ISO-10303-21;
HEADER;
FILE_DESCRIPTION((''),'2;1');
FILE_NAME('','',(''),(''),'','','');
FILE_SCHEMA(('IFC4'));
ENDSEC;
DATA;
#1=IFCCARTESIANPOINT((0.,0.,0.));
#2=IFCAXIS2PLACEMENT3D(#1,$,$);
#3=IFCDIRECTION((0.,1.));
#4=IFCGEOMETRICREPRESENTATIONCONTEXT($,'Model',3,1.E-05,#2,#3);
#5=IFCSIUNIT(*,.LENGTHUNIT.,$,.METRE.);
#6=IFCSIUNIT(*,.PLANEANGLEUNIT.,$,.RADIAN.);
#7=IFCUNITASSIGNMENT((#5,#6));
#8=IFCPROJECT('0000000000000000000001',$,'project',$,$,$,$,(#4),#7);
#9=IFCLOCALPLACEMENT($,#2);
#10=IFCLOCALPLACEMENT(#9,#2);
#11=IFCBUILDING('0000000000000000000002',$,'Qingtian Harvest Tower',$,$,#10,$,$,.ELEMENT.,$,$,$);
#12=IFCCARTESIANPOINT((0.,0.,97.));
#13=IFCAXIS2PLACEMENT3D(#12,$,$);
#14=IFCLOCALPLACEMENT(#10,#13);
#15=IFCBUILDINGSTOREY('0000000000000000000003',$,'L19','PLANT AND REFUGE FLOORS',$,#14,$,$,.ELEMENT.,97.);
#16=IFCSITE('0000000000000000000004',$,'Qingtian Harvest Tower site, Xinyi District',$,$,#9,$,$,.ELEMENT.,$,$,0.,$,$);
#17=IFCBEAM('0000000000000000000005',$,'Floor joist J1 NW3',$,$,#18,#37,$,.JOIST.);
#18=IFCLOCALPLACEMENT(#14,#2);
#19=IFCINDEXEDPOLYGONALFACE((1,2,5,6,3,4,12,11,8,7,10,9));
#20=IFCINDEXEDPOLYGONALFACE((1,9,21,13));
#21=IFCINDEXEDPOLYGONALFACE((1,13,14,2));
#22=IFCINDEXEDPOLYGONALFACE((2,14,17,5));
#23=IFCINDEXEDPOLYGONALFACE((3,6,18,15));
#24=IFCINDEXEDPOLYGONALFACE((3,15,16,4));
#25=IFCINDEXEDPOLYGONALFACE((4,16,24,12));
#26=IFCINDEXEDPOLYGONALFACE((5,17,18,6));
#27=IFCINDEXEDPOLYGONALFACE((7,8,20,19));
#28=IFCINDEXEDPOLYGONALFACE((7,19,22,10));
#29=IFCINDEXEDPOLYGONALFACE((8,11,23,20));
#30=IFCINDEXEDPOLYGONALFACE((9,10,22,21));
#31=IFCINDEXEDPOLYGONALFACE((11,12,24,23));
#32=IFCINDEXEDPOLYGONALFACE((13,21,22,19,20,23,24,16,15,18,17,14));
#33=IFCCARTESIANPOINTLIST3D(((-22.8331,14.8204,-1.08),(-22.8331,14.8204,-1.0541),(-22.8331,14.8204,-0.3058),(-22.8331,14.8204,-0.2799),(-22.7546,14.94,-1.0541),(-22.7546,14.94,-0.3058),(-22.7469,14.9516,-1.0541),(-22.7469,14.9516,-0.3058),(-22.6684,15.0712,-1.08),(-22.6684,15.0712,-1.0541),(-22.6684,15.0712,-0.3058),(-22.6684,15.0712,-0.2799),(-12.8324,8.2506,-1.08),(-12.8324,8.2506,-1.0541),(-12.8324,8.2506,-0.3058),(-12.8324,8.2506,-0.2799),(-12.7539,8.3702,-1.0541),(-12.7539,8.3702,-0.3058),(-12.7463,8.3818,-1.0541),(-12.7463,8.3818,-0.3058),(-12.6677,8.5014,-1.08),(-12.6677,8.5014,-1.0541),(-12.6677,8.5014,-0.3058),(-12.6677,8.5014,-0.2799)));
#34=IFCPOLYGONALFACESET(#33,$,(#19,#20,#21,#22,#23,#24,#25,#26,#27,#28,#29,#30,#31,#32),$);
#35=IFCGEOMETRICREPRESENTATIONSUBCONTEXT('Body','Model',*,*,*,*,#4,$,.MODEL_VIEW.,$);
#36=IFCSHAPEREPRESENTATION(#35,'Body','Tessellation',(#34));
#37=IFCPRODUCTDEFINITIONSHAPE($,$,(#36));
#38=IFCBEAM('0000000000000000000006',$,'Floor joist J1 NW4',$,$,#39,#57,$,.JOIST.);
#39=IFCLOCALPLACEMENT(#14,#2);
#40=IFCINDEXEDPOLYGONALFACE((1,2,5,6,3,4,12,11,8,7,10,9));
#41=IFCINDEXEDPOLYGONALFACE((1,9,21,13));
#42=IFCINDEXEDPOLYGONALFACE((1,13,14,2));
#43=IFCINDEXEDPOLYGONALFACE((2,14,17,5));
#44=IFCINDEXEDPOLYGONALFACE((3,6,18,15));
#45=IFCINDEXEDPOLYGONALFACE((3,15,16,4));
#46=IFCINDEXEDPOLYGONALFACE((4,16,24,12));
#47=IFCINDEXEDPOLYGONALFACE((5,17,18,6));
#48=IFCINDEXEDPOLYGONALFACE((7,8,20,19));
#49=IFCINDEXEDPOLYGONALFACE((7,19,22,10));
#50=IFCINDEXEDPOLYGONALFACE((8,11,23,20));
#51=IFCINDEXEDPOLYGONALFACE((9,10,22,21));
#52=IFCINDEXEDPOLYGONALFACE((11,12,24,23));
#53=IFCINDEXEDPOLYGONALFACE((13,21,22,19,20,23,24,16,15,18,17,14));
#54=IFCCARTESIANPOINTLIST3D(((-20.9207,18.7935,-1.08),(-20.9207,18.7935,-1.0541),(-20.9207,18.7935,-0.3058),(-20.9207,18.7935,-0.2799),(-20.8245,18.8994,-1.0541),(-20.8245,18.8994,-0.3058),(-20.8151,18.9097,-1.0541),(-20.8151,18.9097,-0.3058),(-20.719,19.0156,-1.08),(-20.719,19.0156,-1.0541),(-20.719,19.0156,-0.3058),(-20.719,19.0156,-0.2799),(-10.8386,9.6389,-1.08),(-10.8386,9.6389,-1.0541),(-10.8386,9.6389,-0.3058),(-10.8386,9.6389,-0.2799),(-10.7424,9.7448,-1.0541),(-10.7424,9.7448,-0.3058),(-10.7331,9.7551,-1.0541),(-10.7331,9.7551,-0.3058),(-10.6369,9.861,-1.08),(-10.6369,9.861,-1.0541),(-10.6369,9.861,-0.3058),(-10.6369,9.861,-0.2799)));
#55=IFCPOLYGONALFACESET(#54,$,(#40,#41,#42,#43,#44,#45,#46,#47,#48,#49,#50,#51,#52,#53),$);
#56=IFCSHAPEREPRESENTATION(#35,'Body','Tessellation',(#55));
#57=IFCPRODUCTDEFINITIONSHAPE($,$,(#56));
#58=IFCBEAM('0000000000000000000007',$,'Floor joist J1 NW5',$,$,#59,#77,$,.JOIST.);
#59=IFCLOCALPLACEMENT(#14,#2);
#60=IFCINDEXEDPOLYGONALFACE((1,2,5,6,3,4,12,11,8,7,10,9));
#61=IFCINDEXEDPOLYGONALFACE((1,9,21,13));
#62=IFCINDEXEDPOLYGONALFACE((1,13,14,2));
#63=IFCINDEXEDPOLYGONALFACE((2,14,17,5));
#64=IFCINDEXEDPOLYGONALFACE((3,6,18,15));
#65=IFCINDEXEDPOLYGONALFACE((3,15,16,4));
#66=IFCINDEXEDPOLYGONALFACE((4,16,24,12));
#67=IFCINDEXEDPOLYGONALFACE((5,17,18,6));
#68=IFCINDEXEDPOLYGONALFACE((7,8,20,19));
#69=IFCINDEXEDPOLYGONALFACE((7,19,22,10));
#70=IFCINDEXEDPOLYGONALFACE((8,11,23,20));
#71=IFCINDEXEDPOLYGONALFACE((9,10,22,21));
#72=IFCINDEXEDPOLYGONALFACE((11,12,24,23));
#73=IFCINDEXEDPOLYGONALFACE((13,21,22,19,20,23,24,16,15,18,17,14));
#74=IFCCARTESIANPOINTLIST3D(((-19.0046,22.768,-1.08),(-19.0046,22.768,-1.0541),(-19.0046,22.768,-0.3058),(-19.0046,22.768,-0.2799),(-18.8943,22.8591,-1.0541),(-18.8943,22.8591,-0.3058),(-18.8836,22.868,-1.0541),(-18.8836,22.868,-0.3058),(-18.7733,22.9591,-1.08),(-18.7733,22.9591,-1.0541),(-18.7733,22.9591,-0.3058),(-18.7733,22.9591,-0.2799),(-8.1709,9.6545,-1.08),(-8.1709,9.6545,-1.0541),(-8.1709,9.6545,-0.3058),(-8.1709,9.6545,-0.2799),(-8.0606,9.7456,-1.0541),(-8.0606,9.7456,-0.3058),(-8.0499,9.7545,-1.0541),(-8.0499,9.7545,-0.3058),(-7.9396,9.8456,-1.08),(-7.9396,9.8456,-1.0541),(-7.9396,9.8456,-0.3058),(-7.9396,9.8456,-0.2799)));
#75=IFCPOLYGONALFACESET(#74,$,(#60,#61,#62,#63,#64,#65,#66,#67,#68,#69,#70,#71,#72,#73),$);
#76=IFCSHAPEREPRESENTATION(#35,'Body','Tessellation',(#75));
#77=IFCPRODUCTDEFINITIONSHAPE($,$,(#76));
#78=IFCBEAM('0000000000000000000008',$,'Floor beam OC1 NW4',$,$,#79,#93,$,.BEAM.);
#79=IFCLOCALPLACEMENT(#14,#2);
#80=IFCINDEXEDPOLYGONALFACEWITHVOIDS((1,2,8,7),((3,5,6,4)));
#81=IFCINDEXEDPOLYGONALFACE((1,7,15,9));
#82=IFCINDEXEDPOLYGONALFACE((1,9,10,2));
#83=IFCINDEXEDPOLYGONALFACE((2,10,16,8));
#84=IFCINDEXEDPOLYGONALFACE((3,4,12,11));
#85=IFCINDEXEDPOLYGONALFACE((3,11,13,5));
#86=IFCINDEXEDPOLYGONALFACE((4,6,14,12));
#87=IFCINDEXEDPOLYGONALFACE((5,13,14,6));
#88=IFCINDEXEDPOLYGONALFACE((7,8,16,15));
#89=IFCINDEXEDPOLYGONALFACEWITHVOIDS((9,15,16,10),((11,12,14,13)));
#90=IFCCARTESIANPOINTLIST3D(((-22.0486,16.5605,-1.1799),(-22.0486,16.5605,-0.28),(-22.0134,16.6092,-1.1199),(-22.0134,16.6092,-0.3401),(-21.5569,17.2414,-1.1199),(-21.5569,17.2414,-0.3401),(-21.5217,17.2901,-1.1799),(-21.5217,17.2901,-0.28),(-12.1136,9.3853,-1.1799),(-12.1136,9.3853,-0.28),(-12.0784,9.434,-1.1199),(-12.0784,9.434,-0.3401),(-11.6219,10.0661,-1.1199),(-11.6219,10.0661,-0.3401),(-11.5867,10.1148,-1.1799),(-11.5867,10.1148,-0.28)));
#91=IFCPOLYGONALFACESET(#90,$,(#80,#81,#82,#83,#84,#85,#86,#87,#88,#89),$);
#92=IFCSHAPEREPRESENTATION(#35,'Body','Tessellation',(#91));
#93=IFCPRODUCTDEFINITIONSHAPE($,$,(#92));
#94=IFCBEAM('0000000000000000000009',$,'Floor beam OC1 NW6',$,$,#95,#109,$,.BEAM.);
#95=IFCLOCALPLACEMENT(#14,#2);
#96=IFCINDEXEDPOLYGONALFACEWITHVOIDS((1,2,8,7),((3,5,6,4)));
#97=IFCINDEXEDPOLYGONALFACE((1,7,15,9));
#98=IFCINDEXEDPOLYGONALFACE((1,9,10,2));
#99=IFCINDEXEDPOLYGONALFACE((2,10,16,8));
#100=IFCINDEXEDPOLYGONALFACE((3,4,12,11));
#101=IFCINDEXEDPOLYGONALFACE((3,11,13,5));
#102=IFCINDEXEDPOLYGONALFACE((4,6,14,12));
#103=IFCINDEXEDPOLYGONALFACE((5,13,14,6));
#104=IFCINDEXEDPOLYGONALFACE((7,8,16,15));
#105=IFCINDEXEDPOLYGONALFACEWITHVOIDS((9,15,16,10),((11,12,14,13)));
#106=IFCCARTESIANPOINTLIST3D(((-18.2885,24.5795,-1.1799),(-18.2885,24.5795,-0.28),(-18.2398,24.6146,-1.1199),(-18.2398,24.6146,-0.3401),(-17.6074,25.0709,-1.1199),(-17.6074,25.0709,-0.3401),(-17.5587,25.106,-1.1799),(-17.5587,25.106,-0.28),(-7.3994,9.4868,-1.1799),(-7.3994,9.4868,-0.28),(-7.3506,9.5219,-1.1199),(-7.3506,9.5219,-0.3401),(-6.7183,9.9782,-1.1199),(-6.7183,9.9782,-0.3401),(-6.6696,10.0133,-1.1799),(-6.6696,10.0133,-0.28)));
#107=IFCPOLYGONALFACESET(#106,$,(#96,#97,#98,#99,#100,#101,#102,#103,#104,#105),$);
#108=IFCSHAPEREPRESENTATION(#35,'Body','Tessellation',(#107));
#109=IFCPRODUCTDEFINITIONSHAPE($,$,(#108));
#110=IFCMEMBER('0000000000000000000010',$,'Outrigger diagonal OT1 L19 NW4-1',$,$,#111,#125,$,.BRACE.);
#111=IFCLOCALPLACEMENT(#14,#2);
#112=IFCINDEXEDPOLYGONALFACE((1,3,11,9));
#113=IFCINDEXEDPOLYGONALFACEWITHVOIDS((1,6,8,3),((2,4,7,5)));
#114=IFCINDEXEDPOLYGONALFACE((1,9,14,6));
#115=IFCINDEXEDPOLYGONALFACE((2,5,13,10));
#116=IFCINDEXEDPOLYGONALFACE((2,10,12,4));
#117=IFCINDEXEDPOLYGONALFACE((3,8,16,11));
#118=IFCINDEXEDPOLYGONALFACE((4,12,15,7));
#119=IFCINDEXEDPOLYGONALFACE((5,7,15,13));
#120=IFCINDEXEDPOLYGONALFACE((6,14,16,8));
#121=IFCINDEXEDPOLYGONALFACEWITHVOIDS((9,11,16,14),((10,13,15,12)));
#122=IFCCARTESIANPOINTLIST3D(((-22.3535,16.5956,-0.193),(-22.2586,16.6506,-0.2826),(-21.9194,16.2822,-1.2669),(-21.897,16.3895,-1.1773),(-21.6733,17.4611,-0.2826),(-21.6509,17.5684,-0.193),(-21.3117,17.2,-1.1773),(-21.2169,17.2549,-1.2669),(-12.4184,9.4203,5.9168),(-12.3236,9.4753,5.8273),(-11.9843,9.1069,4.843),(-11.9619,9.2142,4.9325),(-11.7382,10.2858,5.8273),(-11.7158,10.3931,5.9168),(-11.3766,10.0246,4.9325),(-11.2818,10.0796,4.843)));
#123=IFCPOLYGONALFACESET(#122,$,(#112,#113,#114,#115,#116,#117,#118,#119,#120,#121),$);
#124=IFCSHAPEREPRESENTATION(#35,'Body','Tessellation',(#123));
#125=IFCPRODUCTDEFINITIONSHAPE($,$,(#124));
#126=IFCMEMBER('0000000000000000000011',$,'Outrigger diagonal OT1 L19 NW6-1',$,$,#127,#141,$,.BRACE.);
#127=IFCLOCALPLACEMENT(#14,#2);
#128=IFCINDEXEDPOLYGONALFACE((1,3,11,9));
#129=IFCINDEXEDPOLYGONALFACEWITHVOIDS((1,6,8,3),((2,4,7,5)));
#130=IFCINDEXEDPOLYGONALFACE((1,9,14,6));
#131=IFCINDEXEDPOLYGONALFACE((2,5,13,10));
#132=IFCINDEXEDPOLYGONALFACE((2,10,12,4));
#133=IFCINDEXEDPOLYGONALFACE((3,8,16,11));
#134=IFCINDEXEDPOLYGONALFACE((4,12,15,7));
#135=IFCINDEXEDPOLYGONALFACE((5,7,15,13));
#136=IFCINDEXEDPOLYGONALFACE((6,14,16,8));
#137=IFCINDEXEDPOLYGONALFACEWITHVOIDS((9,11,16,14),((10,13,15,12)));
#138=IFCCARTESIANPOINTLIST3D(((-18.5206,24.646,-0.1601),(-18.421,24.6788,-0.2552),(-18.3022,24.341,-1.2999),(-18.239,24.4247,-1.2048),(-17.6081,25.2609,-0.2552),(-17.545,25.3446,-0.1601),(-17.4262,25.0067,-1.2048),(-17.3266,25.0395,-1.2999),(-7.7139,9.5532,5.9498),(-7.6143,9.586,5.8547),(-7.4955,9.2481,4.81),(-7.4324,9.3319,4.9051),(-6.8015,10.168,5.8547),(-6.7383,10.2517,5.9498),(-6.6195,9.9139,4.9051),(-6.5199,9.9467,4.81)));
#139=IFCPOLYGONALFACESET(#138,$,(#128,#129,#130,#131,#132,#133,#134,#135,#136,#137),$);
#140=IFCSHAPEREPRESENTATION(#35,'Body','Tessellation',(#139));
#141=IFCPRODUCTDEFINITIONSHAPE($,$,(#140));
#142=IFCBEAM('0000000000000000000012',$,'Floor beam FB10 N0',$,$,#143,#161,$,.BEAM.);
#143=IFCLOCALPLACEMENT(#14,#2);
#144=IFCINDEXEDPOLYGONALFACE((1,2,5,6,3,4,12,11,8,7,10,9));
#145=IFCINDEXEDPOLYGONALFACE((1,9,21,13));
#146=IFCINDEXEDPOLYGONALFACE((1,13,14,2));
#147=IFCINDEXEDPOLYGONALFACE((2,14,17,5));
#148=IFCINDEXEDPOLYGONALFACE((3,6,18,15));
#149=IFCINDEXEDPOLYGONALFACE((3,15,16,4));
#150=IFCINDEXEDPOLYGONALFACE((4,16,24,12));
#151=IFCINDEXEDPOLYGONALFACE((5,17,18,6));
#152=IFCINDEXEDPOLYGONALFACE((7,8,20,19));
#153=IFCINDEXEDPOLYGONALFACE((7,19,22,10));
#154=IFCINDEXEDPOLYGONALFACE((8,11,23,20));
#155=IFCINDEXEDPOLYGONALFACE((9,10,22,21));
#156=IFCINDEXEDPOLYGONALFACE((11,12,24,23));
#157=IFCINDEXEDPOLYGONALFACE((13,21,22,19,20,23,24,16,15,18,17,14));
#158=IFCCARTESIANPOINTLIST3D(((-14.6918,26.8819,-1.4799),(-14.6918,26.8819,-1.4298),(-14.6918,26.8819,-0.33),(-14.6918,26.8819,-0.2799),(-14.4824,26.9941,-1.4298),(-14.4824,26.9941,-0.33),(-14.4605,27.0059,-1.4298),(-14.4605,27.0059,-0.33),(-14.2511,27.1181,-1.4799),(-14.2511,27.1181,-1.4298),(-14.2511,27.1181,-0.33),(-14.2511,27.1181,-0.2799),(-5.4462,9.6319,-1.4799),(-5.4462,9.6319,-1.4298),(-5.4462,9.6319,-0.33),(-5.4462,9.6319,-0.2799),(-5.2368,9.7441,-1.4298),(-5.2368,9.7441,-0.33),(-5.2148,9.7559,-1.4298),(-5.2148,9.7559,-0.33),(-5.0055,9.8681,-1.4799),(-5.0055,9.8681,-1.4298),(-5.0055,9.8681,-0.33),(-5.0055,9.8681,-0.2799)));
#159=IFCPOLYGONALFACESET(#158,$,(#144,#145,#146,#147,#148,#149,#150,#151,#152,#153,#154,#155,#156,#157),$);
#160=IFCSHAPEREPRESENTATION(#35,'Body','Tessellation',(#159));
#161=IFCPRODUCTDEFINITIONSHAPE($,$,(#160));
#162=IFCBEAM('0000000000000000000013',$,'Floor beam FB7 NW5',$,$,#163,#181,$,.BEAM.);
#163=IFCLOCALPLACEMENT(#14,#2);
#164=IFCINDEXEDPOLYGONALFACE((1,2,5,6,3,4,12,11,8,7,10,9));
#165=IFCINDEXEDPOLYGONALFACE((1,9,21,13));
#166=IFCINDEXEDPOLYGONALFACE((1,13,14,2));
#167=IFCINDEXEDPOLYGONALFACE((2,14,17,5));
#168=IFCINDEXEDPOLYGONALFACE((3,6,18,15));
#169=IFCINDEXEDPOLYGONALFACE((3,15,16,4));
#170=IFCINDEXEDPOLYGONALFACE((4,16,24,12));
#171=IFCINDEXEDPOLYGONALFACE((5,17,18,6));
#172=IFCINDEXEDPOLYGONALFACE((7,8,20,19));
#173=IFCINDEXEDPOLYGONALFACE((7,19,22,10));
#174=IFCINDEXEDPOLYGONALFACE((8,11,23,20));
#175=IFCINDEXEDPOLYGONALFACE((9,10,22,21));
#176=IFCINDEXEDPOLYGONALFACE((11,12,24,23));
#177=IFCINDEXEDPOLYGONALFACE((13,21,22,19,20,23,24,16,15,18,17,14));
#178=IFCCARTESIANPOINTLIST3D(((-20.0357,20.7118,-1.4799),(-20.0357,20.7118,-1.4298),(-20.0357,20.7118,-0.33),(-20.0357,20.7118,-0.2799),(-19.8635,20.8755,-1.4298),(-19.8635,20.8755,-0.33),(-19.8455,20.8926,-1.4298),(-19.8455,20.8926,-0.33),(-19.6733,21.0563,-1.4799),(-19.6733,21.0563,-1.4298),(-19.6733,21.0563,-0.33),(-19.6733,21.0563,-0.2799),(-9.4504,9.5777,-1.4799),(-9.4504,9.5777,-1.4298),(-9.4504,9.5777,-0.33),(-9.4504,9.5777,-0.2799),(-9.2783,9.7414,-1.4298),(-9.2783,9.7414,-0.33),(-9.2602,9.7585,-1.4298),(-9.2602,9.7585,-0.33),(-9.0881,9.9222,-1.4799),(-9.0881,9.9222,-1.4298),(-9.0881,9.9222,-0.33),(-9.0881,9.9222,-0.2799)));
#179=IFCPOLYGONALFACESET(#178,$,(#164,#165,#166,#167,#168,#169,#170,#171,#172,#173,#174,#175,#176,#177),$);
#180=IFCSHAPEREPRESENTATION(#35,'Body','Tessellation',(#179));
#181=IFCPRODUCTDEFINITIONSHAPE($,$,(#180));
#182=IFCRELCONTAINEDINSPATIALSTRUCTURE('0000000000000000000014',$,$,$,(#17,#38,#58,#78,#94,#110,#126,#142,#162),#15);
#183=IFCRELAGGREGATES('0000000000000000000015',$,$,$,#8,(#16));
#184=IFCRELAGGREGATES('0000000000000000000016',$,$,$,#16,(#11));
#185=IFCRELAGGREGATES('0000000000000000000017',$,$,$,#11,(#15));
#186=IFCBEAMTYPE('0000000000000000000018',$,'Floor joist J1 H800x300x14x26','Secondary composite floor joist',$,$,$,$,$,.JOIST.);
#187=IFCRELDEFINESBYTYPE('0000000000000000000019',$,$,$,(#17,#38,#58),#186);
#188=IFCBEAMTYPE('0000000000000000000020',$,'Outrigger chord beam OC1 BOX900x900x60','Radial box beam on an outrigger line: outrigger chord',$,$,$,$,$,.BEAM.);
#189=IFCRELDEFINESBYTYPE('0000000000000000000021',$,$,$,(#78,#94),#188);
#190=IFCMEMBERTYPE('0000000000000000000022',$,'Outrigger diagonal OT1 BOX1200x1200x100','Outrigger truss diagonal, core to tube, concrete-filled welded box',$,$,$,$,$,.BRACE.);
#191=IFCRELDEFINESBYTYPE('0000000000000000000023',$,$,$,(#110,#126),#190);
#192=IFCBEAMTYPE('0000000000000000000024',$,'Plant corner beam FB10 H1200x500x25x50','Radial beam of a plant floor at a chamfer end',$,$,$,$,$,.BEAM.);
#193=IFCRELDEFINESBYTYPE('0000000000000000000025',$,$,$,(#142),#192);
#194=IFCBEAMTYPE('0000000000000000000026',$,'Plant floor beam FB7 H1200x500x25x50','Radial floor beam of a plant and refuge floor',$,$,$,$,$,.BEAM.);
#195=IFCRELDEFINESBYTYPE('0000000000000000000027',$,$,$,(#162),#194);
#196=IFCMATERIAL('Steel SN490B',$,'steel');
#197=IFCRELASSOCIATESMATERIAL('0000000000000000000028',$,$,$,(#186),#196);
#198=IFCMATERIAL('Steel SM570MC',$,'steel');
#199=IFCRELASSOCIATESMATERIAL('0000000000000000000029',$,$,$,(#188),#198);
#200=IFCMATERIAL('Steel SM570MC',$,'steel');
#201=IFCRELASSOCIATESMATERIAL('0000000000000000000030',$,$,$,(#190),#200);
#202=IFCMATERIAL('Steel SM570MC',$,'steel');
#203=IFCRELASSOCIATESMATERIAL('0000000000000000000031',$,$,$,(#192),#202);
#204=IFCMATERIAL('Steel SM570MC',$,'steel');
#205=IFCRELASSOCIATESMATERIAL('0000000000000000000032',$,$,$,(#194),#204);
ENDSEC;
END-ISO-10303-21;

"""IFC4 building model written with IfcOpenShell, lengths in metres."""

from ifc_helpers import new_model, si_unit, direction, frame, origin, origin_2d, place, context, subcontext, project, spatial, hollow_rectangle, i_section, extrude, material, material_profile, profile_set, type_object, element, save


model = new_model("IFC4")

# Units and contexts
model_context = context("Model", 3, precision=1e-05, world=origin(), true_north=direction((0.0, 1.0)))
body_context = subcontext(model_context, "Body", "Model", "MODEL_VIEW")
ifc_project = project(units=[si_unit("LENGTHUNIT", "METRE"), si_unit("PLANEANGLEUNIT", "RADIAN")], contexts=[model_context])

# Site, building, storey
site_placement = place(None, origin())
site = spatial("IfcSite", under=ifc_project, at=site_placement, Name="Qingtian Harvest Tower site, Xinyi District", CompositionType="ELEMENT", RefElevation=0.0)
building_placement = place(site_placement, origin())
building = spatial("IfcBuilding", under=site, at=building_placement, Name="Qingtian Harvest Tower", CompositionType="ELEMENT")
storey_placement = place(building_placement, frame((0.0, 0.0, 97.0)))
storey = spatial("IfcBuildingStorey", under=building, at=storey_placement, Name="L19", Description="PLANT AND REFUGE FLOORS", CompositionType="ELEMENT", Elevation=97.0)

# Beams
ifc_material_1 = material(Name="Steel SN490B", Category="steel")
ifc_material_profile_1 = material_profile(ifc_material_1, i_section(OverallWidth=0.3, OverallDepth=0.8, WebThickness=0.0139, FlangeThickness=0.0259, at=origin_2d()), Name="H800x300x14x26")
ifc_profile_set_1 = profile_set([ifc_material_profile_1], Name="Steel SN490B")
beam_type_1 = type_object("IfcBeamType", Name="Floor joist J1 H800x300x14x26", Description="Secondary composite floor joist", PredefinedType="JOIST", material=ifc_profile_set_1)
beam_1_placement = place(storey_placement, frame((-22.7507, 14.9458, -0.6799), z_axis=(0.835785, -0.549056, 0.0), x_axis=(0.549056, 0.835785, 0.0)))
element("IfcBeam", 1, at=beam_1_placement, inside=storey, type_object=beam_type_1, Name="Floor joist J1 NW3", PredefinedType="JOIST", context=body_context, shape_type="SweptSolid", body=[
    extrude(i_section(OverallWidth=0.3, OverallDepth=0.8, WebThickness=0.0139, FlangeThickness=0.0259, at=origin_2d()), origin(), (0.0, 0.0, 1.0), 11.9656),
])
beam_2_placement = place(storey_placement, frame((-20.8198, 18.9045, -0.6799), z_axis=(0.74034, -0.672233, 0.0), x_axis=(0.672233, 0.74034, 0.0)))
element("IfcBeam", 2, at=beam_2_placement, inside=storey, type_object=beam_type_1, Name="Floor joist J1 NW4", PredefinedType="JOIST", context=body_context, shape_type="SweptSolid", body=[
    extrude(i_section(OverallWidth=0.3, OverallDepth=0.8, WebThickness=0.0139, FlangeThickness=0.0259, at=origin_2d()), origin(), (0.0, 0.0, 1.0), 13.6182),
])
beam_3_placement = place(storey_placement, frame((-18.8889, 22.8635, -0.6799), z_axis=(0.63691, -0.770938, 0.0), x_axis=(0.770938, 0.63691, 0.0)))
element("IfcBeam", 3, at=beam_3_placement, inside=storey, type_object=beam_type_1, Name="Floor joist J1 NW5", PredefinedType="JOIST", context=body_context, shape_type="SweptSolid", body=[
    extrude(i_section(OverallWidth=0.3, OverallDepth=0.8, WebThickness=0.0139, FlangeThickness=0.0259, at=origin_2d()), origin(), (0.0, 0.0, 1.0), 17.0098),
])
ifc_material_2 = material(Name="Steel SM570MC", Category="steel")
ifc_material_profile_2 = material_profile(ifc_material_2, hollow_rectangle(XDim=0.8999, YDim=0.8999, WallThickness=0.0601, at=origin_2d()), Name="BOX900x900x60")
ifc_profile_set_2 = profile_set([ifc_material_profile_2], Name="Steel SM570MC")
beam_type_2 = type_object("IfcBeamType", Name="Outrigger chord beam OC1 BOX900x900x60", Description="Radial box beam on an outrigger line: outrigger chord", PredefinedType="BEAM", material=ifc_profile_set_2)
beam_4_placement = place(storey_placement, frame((-21.7852, 16.9253, -0.73), z_axis=(0.81068, -0.585489, 0.0), x_axis=(0.585489, 0.81068, 0.0)))
element("IfcBeam", 4, at=beam_4_placement, inside=storey, type_object=beam_type_2, Name="Floor beam OC1 NW4", PredefinedType="BEAM", context=body_context, shape_type="SweptSolid", body=[
    extrude(hollow_rectangle(XDim=0.8999, YDim=0.8999, WallThickness=0.0601, at=origin_2d()), origin(), (0.0, 0.0, 1.0), 12.2551),
])
beam_5_placement = place(storey_placement, frame((-17.9236, 24.8428, -0.73), z_axis=(0.585096, -0.810964, 0.0), x_axis=(0.810964, 0.585096, 0.0)))
element("IfcBeam", 5, at=beam_5_placement, inside=storey, type_object=beam_type_2, Name="Floor beam OC1 NW6", PredefinedType="BEAM", context=body_context, shape_type="SweptSolid", body=[
    extrude(hollow_rectangle(XDim=0.8999, YDim=0.8999, WallThickness=0.0601, at=origin_2d()), origin(), (0.0, 0.0, 1.0), 18.6108),
])

# Members
ifc_material_3 = material(Name="Steel SM570MC", Category="steel")
ifc_material_profile_3 = material_profile(ifc_material_3, hollow_rectangle(XDim=1.2, YDim=1.2, WallThickness=0.1001, at=origin_2d()), Name="BOX1200x1200x100")
ifc_profile_set_3 = profile_set([ifc_material_profile_3], Name="Steel SM570MC")
member_type_1 = type_object("IfcMemberType", Name="Outrigger diagonal OT1 BOX1200x1200x100", Description="Outrigger truss diagonal, core to tube, concrete-filled welded box", PredefinedType="BRACE", material=ifc_profile_set_3)
member_1_placement = place(storey_placement, frame((-21.7852, 16.9253, -0.73), z_axis=(0.725514, -0.52398, 0.446177), x_axis=(0.585489, 0.81068, 0.0)))
element("IfcMember", 6, at=member_1_placement, inside=storey, type_object=member_type_1, Name="Outrigger diagonal OT1 L19 NW4-1", PredefinedType="BRACE", context=body_context, shape_type="SweptSolid", body=[
    extrude(hollow_rectangle(XDim=1.2, YDim=1.2, WallThickness=0.1001, at=origin_2d()), origin(), (0.0, 0.0, 1.0), 13.6938),
])
member_2_placement = place(storey_placement, frame((-17.9236, 24.8428, -0.73), z_axis=(0.552984, -0.772309, 0.312646), x_axis=(0.813068, 0.582168, 0.0)))
element("IfcMember", 7, at=member_2_placement, inside=storey, type_object=member_type_1, Name="Outrigger diagonal OT1 L19 NW6-1", PredefinedType="BRACE", context=body_context, shape_type="SweptSolid", body=[
    extrude(hollow_rectangle(XDim=1.2, YDim=1.2, WallThickness=0.1001, at=origin_2d()), origin(), (0.0, 0.0, 1.0), 19.5425),
])

# Beams
ifc_material_4 = material(Name="Steel SM570MC", Category="steel")
ifc_material_profile_4 = material_profile(ifc_material_4, i_section(OverallWidth=0.5, OverallDepth=1.2, WebThickness=0.0249, FlangeThickness=0.05, at=origin_2d()), Name="H1200x500x25x50")
ifc_profile_set_4 = profile_set([ifc_material_profile_4], Name="Steel SM570MC")
beam_type_3 = type_object("IfcBeamType", Name="Plant corner beam FB10 H1200x500x25x50", Description="Radial beam of a plant floor at a chamfer end", PredefinedType="BEAM", material=ifc_profile_set_4)
beam_6_placement = place(storey_placement, frame((-14.4714, 27.0, -0.8799), z_axis=(0.472401, -0.881384, 0.0), x_axis=(0.881384, 0.472401, 0.0)))
element("IfcBeam", 8, at=beam_6_placement, inside=storey, type_object=beam_type_3, Name="Floor beam FB10 N0", PredefinedType="BEAM", context=body_context, shape_type="SweptSolid", body=[
    extrude(i_section(OverallWidth=0.5, OverallDepth=1.2, WebThickness=0.0249, FlangeThickness=0.05, at=origin_2d()), origin(), (0.0, 0.0, 1.0), 19.5715),
])
ifc_material_5 = material(Name="Steel SM570MC", Category="steel")
ifc_material_profile_5 = material_profile(ifc_material_5, i_section(OverallWidth=0.5, OverallDepth=1.2, WebThickness=0.0249, FlangeThickness=0.05, at=origin_2d()), Name="H1200x500x25x50")
ifc_profile_set_5 = profile_set([ifc_material_profile_5], Name="Steel SM570MC")
beam_type_4 = type_object("IfcBeamType", Name="Plant floor beam FB7 H1200x500x25x50", Description="Radial floor beam of a plant and refuge floor", PredefinedType="BEAM", material=ifc_profile_set_5)
beam_7_placement = place(storey_placement, frame((-19.8545, 20.884, -0.8799), z_axis=(0.689019, -0.724743, 0.0), x_axis=(0.724743, 0.689019, 0.0)))
element("IfcBeam", 9, at=beam_7_placement, inside=storey, type_object=beam_type_4, Name="Floor beam FB7 NW5", PredefinedType="BEAM", context=body_context, shape_type="SweptSolid", body=[
    extrude(i_section(OverallWidth=0.5, OverallDepth=1.2, WebThickness=0.0249, FlangeThickness=0.05, at=origin_2d()), origin(), (0.0, 0.0, 1.0), 15.3628),
])

save(model, "model.ifc")
